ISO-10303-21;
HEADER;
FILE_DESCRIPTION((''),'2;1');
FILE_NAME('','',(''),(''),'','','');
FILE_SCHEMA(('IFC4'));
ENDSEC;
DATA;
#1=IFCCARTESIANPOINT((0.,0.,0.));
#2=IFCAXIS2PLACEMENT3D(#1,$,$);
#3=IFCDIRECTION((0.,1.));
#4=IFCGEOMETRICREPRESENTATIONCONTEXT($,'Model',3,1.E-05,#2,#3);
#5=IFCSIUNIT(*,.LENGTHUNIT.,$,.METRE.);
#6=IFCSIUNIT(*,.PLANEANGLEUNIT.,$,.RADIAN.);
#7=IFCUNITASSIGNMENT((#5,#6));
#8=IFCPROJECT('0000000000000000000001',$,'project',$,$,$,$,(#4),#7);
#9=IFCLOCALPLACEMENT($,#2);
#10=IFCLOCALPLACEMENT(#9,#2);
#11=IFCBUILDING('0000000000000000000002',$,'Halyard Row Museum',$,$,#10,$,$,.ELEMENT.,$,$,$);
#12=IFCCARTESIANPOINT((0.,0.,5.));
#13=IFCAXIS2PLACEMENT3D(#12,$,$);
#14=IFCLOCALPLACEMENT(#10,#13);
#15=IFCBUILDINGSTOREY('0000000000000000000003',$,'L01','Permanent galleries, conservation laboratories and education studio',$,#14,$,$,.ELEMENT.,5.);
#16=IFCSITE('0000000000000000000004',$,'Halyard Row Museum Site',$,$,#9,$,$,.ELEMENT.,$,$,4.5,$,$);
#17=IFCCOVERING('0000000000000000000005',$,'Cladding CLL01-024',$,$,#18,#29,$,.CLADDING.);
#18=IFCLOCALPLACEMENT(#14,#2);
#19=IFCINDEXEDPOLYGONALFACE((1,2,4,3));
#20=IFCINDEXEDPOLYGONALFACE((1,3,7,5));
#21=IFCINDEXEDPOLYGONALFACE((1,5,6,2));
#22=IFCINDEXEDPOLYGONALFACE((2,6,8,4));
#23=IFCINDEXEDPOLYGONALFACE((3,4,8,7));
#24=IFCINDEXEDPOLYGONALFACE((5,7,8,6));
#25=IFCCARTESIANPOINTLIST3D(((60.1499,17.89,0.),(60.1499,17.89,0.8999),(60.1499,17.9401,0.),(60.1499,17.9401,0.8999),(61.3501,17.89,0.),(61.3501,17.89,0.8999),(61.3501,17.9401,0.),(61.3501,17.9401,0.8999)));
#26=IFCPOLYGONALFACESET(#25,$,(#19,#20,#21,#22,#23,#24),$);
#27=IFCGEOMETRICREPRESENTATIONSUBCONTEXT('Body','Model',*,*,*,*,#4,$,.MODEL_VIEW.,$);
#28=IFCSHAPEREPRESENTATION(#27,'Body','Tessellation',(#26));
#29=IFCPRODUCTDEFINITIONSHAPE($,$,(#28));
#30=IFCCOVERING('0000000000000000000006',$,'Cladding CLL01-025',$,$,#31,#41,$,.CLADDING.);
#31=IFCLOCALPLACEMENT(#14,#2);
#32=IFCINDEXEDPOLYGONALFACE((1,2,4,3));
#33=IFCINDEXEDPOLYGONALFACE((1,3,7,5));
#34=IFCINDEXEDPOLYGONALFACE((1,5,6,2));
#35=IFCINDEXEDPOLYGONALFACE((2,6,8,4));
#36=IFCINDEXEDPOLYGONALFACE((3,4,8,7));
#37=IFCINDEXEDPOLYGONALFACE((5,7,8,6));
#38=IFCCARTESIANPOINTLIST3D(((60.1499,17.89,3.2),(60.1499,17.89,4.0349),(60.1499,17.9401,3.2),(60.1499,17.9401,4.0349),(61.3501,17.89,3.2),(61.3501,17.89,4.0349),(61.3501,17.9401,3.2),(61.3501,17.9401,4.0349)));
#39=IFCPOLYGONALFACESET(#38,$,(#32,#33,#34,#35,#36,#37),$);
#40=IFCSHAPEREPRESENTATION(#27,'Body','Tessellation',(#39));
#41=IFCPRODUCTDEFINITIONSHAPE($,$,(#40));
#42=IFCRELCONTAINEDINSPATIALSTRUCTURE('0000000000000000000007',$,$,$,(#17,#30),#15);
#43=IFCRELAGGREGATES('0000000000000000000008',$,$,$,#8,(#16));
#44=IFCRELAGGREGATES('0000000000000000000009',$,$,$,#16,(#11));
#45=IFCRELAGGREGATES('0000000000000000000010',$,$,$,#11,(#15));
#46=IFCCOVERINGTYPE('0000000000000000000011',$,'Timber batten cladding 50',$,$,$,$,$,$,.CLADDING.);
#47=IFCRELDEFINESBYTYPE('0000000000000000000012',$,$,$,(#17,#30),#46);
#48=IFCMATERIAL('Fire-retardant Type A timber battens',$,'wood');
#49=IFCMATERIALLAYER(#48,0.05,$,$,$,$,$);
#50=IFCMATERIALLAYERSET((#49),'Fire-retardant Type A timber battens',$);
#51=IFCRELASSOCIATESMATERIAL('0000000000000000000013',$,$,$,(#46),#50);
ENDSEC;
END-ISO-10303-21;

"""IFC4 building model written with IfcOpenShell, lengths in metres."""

from ifc_helpers import new_model, si_unit, direction, frame, frame_2d, origin, place, context, subcontext, project, spatial, rectangle, extrude, material, layer, layer_set, type_object, element, save


model = new_model("IFC4")

# Units and contexts
model_context = context("Model", 3, precision=1e-05, world=origin(), true_north=direction((0.0, 1.0)))
body_context = subcontext(model_context, "Body", "Model", "MODEL_VIEW")
ifc_project = project(units=[si_unit("LENGTHUNIT", "METRE"), si_unit("PLANEANGLEUNIT", "RADIAN")], contexts=[model_context])

# Site, building, storey
site_placement = place(None, origin())
site = spatial("IfcSite", under=ifc_project, at=site_placement, Name="Halyard Row Museum Site", CompositionType="ELEMENT", RefElevation=4.5)
building_placement = place(site_placement, origin())
building = spatial("IfcBuilding", under=site, at=building_placement, Name="Halyard Row Museum", CompositionType="ELEMENT")
storey_placement = place(building_placement, frame((0.0, 0.0, 5.0)))
storey = spatial("IfcBuildingStorey", under=building, at=storey_placement, Name="L01", Description="Permanent galleries, conservation laboratories and education studio", CompositionType="ELEMENT", Elevation=5.0)

# Coverings
ifc_material_1 = material(Name="Fire-retardant Type A timber battens", Category="wood")
ifc_layer_1 = layer(ifc_material_1, 0.05)
ifc_layer_set_1 = layer_set([ifc_layer_1], Name="Fire-retardant Type A timber battens")
covering_type = type_object("IfcCoveringType", Name="Timber batten cladding 50", PredefinedType="CLADDING", material=ifc_layer_set_1)
covering_1_placement = place(storey_placement, frame((60.1499, 17.915, 0.0), z_axis=(0.0, 0.0, 1.0), x_axis=(1.0, 0.0, 0.0)))
element("IfcCovering", 1, at=covering_1_placement, inside=storey, type_object=covering_type, Name="Cladding CLL01-024", PredefinedType="CLADDING", context=body_context, shape_type="SweptSolid", body=[
    extrude(rectangle(XDim=1.2002, YDim=0.05, at=frame_2d((0.6001, 0.0))), origin(), (0.0, 0.0, 1.0), 0.8999),
])
covering_2_placement = place(storey_placement, frame((60.1499, 17.915, 3.2), z_axis=(0.0, 0.0, 1.0), x_axis=(1.0, 0.0, 0.0)))
element("IfcCovering", 2, at=covering_2_placement, inside=storey, type_object=covering_type, Name="Cladding CLL01-025", PredefinedType="CLADDING", context=body_context, shape_type="SweptSolid", body=[
    extrude(rectangle(XDim=1.2002, YDim=0.05, at=frame_2d((0.6001, 0.0))), origin(), (0.0, 0.0, 1.0), 0.835),
])

save(model, "model.ifc")
